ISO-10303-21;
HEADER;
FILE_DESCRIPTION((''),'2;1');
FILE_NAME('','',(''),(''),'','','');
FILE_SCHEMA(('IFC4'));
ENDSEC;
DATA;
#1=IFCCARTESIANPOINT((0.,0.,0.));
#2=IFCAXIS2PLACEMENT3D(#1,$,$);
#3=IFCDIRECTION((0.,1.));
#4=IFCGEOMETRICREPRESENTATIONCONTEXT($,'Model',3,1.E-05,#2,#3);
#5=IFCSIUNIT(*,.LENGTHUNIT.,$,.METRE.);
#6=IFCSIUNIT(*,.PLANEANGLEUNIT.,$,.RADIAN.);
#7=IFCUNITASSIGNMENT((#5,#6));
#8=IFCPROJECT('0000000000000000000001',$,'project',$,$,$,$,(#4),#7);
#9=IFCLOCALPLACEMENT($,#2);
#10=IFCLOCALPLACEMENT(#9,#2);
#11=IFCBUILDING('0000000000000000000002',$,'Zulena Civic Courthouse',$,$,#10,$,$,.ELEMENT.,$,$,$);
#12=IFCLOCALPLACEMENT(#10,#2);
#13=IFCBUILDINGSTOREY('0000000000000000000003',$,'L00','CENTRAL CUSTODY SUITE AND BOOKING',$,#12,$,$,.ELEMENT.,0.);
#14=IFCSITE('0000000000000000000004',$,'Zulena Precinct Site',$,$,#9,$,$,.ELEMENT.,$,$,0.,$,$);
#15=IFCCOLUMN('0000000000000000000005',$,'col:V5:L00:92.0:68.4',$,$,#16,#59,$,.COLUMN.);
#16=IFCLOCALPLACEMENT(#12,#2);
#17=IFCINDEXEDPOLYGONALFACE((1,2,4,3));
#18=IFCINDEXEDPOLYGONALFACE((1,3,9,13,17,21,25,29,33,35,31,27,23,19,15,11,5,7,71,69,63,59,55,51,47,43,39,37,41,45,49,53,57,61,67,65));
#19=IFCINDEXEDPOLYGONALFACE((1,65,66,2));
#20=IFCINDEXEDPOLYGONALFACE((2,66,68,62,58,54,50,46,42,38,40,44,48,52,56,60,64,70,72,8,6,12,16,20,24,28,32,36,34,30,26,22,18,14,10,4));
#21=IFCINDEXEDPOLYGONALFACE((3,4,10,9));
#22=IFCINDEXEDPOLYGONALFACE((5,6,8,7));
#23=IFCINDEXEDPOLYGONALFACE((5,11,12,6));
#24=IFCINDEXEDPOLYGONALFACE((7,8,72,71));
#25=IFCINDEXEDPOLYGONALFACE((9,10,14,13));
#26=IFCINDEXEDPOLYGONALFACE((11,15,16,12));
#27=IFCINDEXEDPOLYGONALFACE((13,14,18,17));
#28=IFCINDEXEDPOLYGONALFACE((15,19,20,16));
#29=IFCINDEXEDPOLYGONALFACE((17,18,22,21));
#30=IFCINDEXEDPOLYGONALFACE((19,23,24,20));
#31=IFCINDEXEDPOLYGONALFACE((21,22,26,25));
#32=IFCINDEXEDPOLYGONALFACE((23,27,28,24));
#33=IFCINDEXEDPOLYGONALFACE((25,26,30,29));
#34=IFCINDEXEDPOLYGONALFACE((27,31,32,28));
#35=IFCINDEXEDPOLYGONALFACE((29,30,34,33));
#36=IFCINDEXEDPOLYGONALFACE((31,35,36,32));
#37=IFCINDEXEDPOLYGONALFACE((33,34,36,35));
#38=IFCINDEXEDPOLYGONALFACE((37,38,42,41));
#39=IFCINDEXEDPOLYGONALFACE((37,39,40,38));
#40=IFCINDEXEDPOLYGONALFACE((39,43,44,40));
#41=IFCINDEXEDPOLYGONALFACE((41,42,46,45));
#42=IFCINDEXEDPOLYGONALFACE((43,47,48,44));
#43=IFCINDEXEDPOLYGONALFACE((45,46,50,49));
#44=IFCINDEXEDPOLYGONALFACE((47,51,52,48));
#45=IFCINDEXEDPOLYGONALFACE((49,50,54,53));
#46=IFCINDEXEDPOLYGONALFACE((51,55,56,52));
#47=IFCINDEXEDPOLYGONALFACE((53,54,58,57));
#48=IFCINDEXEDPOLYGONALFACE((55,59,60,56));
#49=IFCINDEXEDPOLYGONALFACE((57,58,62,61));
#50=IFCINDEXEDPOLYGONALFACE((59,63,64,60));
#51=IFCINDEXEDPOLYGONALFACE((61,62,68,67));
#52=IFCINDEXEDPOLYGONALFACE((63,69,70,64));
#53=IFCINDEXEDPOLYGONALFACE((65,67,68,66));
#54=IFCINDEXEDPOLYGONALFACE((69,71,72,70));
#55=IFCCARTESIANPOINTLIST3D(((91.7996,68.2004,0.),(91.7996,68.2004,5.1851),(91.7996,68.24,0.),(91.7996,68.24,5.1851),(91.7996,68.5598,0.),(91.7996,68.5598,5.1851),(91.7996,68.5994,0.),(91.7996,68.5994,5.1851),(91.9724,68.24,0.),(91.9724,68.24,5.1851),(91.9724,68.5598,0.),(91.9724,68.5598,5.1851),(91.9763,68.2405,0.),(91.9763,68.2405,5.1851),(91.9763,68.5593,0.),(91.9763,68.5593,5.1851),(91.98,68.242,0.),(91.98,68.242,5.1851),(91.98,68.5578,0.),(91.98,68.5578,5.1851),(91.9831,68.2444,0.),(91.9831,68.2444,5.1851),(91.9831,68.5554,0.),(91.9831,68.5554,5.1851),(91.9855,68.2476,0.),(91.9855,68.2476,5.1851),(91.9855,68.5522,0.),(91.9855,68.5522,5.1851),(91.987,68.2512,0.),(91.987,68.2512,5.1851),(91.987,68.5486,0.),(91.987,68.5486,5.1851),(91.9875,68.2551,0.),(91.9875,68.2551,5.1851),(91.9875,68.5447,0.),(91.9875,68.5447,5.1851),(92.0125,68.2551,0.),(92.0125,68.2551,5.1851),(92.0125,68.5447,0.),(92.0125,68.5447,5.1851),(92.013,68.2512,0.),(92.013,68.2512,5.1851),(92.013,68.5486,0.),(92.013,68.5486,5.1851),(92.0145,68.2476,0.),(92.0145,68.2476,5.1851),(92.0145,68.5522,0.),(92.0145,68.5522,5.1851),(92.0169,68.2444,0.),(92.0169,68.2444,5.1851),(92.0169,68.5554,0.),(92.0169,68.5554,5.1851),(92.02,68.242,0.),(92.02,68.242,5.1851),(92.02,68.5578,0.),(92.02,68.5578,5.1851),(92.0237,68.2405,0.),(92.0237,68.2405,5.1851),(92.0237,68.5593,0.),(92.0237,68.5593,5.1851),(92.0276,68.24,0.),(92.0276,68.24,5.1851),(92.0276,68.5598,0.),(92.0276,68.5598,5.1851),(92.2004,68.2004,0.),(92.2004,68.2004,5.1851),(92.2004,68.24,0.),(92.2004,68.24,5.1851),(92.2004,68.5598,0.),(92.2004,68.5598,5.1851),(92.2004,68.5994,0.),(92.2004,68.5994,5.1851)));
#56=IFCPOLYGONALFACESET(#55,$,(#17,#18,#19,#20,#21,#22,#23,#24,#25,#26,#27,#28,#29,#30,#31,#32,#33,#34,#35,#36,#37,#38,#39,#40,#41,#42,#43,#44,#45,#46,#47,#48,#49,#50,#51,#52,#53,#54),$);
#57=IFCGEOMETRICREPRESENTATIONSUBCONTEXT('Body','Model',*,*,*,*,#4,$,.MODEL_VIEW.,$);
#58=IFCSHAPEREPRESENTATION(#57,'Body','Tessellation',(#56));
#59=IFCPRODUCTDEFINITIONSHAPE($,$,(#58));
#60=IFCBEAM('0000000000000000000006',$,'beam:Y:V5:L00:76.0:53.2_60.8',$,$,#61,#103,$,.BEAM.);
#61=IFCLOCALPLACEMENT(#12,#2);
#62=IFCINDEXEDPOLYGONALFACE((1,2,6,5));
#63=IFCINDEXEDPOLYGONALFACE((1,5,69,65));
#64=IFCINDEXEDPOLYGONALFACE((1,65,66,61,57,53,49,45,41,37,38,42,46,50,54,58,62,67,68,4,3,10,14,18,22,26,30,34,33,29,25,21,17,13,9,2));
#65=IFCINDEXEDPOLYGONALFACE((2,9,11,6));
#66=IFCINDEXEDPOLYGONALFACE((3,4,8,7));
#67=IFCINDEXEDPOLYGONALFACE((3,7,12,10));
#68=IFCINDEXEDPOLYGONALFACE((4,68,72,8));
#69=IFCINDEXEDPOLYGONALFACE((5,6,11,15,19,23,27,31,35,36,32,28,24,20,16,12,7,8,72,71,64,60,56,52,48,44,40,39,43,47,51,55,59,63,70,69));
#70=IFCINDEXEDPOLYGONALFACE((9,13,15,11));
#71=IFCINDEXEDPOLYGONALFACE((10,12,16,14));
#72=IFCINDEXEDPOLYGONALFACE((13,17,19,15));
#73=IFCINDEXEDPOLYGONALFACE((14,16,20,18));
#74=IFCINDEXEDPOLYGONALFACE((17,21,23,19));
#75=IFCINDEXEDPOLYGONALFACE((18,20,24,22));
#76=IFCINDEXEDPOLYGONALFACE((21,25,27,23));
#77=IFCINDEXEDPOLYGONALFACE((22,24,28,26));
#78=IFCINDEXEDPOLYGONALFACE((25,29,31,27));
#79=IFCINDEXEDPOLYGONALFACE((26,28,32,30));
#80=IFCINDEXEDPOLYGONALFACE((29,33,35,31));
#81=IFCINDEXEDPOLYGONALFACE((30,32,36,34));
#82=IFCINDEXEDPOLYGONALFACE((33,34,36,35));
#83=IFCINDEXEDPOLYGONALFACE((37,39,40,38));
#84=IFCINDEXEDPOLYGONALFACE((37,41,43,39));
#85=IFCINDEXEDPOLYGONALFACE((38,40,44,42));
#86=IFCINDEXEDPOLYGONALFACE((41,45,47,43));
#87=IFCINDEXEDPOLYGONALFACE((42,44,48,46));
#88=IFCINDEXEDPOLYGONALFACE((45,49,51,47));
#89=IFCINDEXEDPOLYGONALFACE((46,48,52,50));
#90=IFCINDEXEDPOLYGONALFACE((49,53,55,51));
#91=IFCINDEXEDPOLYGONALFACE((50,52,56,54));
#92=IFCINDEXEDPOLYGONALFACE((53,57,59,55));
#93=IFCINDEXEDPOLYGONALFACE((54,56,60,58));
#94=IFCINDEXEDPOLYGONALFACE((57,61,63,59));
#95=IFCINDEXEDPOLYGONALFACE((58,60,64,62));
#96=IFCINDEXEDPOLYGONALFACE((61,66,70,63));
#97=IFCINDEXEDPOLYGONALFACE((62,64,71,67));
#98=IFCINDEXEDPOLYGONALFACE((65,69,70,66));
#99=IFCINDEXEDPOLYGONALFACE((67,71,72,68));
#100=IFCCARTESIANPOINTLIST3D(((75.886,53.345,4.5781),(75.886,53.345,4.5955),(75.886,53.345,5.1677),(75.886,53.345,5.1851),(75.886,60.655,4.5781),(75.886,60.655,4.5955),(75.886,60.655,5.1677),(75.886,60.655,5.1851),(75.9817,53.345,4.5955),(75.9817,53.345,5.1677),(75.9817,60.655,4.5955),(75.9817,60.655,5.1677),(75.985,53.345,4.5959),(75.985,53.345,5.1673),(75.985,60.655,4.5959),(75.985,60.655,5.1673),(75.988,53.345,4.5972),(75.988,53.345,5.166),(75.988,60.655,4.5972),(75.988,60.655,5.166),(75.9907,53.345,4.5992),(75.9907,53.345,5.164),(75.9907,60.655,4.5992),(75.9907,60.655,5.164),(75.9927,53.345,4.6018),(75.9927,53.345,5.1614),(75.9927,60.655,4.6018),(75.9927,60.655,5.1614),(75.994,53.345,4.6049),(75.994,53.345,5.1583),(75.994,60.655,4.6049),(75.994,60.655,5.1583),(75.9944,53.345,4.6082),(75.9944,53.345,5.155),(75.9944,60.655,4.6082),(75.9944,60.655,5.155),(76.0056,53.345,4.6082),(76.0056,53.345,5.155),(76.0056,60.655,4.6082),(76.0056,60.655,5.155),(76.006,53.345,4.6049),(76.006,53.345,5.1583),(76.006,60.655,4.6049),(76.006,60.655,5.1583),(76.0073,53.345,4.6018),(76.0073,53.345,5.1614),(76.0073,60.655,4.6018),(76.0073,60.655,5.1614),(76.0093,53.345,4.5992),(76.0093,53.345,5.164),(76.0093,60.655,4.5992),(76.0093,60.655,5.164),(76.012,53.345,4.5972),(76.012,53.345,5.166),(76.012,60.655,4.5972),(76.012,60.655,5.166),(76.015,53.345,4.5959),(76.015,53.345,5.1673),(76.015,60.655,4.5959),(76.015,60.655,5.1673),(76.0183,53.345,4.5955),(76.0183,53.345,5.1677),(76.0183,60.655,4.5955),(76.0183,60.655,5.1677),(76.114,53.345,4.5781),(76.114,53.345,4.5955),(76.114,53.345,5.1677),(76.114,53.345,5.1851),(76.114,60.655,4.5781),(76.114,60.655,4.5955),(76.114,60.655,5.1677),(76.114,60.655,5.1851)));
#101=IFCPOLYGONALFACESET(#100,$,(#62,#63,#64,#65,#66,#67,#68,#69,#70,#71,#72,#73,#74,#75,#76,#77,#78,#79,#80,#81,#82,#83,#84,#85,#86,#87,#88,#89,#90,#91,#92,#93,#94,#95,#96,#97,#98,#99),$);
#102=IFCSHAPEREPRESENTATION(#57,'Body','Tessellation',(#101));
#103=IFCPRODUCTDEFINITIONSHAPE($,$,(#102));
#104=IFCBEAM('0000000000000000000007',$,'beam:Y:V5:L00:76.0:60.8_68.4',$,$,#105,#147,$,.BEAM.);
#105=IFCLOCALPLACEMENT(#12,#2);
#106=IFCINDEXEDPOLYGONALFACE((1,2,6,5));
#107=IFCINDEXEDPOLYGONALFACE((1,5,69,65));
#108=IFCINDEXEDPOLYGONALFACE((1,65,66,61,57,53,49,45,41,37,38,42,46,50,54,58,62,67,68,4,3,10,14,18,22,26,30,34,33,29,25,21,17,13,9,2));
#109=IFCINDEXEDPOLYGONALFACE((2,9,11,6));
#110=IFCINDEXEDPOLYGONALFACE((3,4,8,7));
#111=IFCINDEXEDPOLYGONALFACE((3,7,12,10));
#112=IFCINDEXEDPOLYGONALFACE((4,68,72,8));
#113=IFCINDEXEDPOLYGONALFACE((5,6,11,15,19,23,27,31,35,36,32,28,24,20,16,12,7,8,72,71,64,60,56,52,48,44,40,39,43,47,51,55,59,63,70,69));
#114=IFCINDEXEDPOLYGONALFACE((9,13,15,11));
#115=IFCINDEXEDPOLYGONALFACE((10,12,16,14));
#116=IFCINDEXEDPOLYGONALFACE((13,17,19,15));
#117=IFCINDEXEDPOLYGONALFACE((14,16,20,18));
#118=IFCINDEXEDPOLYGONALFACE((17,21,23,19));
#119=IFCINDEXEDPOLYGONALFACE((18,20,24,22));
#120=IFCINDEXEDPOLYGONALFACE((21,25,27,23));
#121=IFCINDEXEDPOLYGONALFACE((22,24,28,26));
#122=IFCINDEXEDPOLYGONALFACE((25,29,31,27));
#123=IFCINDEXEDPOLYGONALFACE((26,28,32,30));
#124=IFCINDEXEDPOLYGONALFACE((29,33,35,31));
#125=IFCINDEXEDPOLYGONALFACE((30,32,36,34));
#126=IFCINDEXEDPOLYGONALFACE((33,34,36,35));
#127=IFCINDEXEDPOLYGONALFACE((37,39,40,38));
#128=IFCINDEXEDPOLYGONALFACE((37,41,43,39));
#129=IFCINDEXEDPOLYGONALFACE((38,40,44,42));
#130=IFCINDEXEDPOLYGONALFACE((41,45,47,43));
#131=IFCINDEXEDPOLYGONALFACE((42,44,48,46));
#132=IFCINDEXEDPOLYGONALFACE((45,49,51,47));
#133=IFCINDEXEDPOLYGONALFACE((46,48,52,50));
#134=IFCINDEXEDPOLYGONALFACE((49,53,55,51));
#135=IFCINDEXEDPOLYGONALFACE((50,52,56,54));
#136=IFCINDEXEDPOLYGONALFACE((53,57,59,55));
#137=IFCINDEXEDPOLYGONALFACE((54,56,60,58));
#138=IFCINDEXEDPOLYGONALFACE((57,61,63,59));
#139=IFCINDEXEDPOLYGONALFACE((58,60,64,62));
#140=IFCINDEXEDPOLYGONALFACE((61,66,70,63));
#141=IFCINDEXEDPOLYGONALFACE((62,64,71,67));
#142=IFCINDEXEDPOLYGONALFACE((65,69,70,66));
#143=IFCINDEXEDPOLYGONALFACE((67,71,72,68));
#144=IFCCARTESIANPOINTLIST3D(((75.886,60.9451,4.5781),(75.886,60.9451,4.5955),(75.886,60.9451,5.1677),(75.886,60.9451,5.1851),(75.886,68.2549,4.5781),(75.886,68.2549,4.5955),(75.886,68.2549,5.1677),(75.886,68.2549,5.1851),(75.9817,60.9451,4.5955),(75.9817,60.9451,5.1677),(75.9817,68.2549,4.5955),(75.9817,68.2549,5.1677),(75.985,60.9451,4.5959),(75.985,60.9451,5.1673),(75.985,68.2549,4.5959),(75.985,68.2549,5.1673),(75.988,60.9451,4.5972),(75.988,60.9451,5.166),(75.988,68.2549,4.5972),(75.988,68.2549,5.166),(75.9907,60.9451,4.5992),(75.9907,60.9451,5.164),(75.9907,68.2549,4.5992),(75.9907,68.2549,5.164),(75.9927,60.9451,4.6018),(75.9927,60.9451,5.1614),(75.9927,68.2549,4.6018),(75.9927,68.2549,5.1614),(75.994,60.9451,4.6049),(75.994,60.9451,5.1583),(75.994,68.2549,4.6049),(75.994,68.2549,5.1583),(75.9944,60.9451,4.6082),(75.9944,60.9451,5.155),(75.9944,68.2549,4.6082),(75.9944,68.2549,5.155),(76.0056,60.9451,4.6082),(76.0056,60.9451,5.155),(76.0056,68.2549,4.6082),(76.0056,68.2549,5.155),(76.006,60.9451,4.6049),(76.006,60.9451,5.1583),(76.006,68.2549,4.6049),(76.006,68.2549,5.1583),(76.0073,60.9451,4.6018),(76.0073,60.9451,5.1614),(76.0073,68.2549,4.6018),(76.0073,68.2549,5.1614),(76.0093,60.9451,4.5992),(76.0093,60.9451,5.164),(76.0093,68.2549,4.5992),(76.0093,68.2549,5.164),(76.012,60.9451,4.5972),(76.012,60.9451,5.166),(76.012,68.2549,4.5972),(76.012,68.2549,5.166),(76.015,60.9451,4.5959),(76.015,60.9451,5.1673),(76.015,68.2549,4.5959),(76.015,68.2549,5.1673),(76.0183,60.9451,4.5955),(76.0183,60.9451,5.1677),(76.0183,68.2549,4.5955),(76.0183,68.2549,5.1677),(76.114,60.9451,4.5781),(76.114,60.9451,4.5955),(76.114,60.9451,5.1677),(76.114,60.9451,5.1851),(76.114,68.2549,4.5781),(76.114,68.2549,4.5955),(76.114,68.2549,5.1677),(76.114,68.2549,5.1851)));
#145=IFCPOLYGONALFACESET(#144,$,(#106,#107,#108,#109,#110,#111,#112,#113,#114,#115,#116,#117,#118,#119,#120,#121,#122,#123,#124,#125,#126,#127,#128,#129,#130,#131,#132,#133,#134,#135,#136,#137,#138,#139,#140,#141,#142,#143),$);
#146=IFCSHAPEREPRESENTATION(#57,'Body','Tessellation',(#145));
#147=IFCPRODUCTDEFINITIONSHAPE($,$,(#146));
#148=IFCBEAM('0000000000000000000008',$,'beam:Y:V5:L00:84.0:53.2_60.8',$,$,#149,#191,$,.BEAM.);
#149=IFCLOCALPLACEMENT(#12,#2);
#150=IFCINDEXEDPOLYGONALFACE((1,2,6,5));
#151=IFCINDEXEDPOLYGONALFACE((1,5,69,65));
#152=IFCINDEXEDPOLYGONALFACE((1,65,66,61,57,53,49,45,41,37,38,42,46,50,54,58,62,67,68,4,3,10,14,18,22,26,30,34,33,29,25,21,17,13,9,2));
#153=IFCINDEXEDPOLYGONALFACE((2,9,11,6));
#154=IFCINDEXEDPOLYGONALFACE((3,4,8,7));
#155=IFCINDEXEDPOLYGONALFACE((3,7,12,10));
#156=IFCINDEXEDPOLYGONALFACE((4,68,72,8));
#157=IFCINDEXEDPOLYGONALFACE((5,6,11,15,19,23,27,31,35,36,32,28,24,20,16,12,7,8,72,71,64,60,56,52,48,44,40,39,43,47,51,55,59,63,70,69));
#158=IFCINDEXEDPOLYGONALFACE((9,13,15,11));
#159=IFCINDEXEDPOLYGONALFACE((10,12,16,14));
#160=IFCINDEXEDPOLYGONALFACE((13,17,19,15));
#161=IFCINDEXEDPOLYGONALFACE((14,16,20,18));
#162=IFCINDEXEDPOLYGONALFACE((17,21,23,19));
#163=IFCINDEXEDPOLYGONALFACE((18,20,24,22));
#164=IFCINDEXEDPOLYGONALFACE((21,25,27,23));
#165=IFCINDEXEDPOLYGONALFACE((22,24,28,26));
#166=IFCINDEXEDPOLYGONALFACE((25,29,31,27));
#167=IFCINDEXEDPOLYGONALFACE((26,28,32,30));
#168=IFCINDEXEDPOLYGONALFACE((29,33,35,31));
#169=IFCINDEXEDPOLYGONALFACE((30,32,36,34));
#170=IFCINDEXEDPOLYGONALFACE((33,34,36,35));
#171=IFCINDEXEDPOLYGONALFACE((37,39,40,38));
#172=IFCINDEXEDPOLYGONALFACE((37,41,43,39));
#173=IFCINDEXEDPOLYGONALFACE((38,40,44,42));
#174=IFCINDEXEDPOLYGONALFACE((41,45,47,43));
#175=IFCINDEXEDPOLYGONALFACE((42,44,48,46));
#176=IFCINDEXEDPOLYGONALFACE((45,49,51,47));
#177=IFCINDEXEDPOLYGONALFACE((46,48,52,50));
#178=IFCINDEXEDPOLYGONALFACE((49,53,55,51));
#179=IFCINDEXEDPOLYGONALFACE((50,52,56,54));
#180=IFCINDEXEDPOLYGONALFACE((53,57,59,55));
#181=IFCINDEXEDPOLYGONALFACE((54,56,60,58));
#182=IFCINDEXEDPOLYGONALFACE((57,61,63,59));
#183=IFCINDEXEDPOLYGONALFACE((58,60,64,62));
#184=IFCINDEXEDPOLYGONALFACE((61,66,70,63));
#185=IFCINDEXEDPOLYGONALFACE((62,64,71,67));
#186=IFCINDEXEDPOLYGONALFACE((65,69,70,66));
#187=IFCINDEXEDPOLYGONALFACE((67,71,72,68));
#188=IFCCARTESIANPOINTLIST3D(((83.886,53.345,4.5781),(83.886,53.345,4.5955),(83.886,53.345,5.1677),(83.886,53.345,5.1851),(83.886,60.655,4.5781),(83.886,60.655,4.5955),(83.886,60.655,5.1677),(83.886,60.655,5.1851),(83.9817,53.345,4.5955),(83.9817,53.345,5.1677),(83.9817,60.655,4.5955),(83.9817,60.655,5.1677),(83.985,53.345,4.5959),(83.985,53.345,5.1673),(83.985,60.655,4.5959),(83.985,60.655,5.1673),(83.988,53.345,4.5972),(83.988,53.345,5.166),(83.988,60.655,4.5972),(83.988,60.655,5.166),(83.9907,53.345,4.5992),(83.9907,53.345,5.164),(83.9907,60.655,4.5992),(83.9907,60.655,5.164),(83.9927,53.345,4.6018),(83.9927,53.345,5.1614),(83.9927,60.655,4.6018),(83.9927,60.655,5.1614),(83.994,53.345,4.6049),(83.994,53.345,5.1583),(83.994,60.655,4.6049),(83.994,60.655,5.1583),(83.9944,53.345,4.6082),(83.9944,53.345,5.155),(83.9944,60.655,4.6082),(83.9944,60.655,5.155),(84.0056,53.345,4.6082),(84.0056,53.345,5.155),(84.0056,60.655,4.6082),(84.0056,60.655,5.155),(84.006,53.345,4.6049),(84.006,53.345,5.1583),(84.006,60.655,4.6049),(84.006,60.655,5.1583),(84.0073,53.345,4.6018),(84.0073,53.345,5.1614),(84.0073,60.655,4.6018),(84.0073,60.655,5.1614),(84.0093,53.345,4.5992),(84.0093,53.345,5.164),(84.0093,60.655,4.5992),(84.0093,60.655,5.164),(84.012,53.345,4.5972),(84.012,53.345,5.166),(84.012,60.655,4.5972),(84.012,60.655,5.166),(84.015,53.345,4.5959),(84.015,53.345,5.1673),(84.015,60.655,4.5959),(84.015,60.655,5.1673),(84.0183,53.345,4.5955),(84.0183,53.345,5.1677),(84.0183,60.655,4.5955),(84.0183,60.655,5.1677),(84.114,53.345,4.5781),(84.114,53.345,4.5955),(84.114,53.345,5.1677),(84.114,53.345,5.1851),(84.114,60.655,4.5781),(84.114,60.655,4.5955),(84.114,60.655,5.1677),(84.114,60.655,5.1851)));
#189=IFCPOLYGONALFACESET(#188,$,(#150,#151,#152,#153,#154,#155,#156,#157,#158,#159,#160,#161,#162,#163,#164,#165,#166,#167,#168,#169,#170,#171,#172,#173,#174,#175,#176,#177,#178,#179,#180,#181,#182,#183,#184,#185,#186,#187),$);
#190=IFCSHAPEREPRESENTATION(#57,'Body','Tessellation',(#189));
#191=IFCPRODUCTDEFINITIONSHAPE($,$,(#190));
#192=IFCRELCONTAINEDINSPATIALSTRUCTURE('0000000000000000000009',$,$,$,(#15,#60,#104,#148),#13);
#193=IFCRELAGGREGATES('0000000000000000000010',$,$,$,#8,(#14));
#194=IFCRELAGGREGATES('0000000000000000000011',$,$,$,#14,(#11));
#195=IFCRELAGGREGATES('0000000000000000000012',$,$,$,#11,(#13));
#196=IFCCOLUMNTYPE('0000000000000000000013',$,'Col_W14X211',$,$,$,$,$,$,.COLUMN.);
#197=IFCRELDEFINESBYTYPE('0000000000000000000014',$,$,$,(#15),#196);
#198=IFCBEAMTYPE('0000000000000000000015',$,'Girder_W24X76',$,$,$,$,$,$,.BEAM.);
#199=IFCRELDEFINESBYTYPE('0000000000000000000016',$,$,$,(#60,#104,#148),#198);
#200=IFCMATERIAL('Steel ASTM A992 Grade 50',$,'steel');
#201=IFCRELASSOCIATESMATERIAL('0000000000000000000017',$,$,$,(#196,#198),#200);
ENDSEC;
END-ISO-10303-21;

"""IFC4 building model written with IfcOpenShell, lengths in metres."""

from ifc_helpers import new_model, si_unit, direction, frame, origin, origin_2d, place, context, subcontext, project, spatial, i_section, extrude, material, material_profile, profile_set, type_object, element, save


model = new_model("IFC4")

# Units and contexts
model_context = context("Model", 3, precision=1e-05, world=origin(), true_north=direction((0.0, 1.0)))
body_context = subcontext(model_context, "Body", "Model", "MODEL_VIEW")
ifc_project = project(units=[si_unit("LENGTHUNIT", "METRE"), si_unit("PLANEANGLEUNIT", "RADIAN")], contexts=[model_context])

# Site, building, storey
site_placement = place(None, origin())
site = spatial("IfcSite", under=ifc_project, at=site_placement, Name="Zulena Precinct Site", CompositionType="ELEMENT", RefElevation=0.0)
building_placement = place(site_placement, origin())
building = spatial("IfcBuilding", under=site, at=building_placement, Name="Zulena Civic Courthouse", CompositionType="ELEMENT")
storey_placement = place(building_placement, origin())
storey = spatial("IfcBuildingStorey", under=building, at=storey_placement, Name="L00", Description="CENTRAL CUSTODY SUITE AND BOOKING", CompositionType="ELEMENT", Elevation=0.0)

# Column
ifc_material_1 = material(Name="Steel ASTM A992 Grade 50", Category="steel")
ifc_material_profile_1 = material_profile(ifc_material_1, i_section(OverallWidth=0.4009, OverallDepth=0.3989, WebThickness=0.0249, FlangeThickness=0.0396, FilletRadius=0.0151, at=origin_2d()), Name="W14X211")
ifc_profile_set_1 = profile_set([ifc_material_profile_1], Name="Steel ASTM A992 Grade 50")
column_type = type_object("IfcColumnType", Name="Col_W14X211", PredefinedType="COLUMN", material=ifc_profile_set_1)
for number, where, z_axis, x_axis, name in (
    (1, (92.0, 68.3999, 0.0), (0.0, 0.0, 1.0), (1.0, 0.0, 0.0), "col:V5:L00:92.0:68.4"),
):
    element("IfcColumn", number, at=place(storey_placement, frame(where, z_axis=z_axis, x_axis=x_axis)), inside=storey, type_object=column_type, Name=name, PredefinedType="COLUMN", context=body_context, shape_type="SweptSolid", body=[
        extrude(i_section(OverallWidth=0.4009, OverallDepth=0.3989, WebThickness=0.0249, FlangeThickness=0.0396, FilletRadius=0.0151, at=origin_2d()), origin(), (0.0, 0.0, 1.0), 5.1851),
    ])

# Beams
ifc_material_profile_2 = material_profile(ifc_material_1, i_section(OverallWidth=0.228, OverallDepth=0.6069, WebThickness=0.0112, FlangeThickness=0.0173, FilletRadius=0.0127, at=origin_2d()), Name="W24X76")
ifc_profile_set_2 = profile_set([ifc_material_profile_2], Name="Steel ASTM A992 Grade 50")
beam_type_1 = type_object("IfcBeamType", Name="Girder_W24X76", PredefinedType="BEAM", material=ifc_profile_set_2)
beam_1_placement = place(storey_placement, frame((76.0, 53.345, 4.8816), z_axis=(0.0, 1.0, 0.0), x_axis=(-1.0, 0.0, 0.0)))
element("IfcBeam", 2, at=beam_1_placement, inside=storey, type_object=beam_type_1, Name="beam:Y:V5:L00:76.0:53.2_60.8", PredefinedType="BEAM", context=body_context, shape_type="SweptSolid", body=[
    extrude(i_section(OverallWidth=0.228, OverallDepth=0.6069, WebThickness=0.0112, FlangeThickness=0.0173, FilletRadius=0.0127, at=origin_2d()), origin(), (0.0, 0.0, 1.0), 7.3101),
])
beam_2_placement = place(storey_placement, frame((76.0, 60.9451, 4.8816), z_axis=(0.0, 1.0, 0.0), x_axis=(-1.0, 0.0, 0.0)))
element("IfcBeam", 3, at=beam_2_placement, inside=storey, type_object=beam_type_1, Name="beam:Y:V5:L00:76.0:60.8_68.4", PredefinedType="BEAM", context=body_context, shape_type="SweptSolid", body=[
    extrude(i_section(OverallWidth=0.228, OverallDepth=0.6069, WebThickness=0.0112, FlangeThickness=0.0173, FilletRadius=0.0127, at=origin_2d()), origin(), (0.0, 0.0, 1.0), 7.3098),
])
beam_3_placement = place(storey_placement, frame((84.0, 53.345, 4.8816), z_axis=(0.0, 1.0, 0.0), x_axis=(-1.0, 0.0, 0.0)))
element("IfcBeam", 4, at=beam_3_placement, inside=storey, type_object=beam_type_1, Name="beam:Y:V5:L00:84.0:53.2_60.8", PredefinedType="BEAM", context=body_context, shape_type="SweptSolid", body=[
    extrude(i_section(OverallWidth=0.228, OverallDepth=0.6069, WebThickness=0.0112, FlangeThickness=0.0173, FilletRadius=0.0127, at=origin_2d()), origin(), (0.0, 0.0, 1.0), 7.3101),
])

save(model, "model.ifc")
